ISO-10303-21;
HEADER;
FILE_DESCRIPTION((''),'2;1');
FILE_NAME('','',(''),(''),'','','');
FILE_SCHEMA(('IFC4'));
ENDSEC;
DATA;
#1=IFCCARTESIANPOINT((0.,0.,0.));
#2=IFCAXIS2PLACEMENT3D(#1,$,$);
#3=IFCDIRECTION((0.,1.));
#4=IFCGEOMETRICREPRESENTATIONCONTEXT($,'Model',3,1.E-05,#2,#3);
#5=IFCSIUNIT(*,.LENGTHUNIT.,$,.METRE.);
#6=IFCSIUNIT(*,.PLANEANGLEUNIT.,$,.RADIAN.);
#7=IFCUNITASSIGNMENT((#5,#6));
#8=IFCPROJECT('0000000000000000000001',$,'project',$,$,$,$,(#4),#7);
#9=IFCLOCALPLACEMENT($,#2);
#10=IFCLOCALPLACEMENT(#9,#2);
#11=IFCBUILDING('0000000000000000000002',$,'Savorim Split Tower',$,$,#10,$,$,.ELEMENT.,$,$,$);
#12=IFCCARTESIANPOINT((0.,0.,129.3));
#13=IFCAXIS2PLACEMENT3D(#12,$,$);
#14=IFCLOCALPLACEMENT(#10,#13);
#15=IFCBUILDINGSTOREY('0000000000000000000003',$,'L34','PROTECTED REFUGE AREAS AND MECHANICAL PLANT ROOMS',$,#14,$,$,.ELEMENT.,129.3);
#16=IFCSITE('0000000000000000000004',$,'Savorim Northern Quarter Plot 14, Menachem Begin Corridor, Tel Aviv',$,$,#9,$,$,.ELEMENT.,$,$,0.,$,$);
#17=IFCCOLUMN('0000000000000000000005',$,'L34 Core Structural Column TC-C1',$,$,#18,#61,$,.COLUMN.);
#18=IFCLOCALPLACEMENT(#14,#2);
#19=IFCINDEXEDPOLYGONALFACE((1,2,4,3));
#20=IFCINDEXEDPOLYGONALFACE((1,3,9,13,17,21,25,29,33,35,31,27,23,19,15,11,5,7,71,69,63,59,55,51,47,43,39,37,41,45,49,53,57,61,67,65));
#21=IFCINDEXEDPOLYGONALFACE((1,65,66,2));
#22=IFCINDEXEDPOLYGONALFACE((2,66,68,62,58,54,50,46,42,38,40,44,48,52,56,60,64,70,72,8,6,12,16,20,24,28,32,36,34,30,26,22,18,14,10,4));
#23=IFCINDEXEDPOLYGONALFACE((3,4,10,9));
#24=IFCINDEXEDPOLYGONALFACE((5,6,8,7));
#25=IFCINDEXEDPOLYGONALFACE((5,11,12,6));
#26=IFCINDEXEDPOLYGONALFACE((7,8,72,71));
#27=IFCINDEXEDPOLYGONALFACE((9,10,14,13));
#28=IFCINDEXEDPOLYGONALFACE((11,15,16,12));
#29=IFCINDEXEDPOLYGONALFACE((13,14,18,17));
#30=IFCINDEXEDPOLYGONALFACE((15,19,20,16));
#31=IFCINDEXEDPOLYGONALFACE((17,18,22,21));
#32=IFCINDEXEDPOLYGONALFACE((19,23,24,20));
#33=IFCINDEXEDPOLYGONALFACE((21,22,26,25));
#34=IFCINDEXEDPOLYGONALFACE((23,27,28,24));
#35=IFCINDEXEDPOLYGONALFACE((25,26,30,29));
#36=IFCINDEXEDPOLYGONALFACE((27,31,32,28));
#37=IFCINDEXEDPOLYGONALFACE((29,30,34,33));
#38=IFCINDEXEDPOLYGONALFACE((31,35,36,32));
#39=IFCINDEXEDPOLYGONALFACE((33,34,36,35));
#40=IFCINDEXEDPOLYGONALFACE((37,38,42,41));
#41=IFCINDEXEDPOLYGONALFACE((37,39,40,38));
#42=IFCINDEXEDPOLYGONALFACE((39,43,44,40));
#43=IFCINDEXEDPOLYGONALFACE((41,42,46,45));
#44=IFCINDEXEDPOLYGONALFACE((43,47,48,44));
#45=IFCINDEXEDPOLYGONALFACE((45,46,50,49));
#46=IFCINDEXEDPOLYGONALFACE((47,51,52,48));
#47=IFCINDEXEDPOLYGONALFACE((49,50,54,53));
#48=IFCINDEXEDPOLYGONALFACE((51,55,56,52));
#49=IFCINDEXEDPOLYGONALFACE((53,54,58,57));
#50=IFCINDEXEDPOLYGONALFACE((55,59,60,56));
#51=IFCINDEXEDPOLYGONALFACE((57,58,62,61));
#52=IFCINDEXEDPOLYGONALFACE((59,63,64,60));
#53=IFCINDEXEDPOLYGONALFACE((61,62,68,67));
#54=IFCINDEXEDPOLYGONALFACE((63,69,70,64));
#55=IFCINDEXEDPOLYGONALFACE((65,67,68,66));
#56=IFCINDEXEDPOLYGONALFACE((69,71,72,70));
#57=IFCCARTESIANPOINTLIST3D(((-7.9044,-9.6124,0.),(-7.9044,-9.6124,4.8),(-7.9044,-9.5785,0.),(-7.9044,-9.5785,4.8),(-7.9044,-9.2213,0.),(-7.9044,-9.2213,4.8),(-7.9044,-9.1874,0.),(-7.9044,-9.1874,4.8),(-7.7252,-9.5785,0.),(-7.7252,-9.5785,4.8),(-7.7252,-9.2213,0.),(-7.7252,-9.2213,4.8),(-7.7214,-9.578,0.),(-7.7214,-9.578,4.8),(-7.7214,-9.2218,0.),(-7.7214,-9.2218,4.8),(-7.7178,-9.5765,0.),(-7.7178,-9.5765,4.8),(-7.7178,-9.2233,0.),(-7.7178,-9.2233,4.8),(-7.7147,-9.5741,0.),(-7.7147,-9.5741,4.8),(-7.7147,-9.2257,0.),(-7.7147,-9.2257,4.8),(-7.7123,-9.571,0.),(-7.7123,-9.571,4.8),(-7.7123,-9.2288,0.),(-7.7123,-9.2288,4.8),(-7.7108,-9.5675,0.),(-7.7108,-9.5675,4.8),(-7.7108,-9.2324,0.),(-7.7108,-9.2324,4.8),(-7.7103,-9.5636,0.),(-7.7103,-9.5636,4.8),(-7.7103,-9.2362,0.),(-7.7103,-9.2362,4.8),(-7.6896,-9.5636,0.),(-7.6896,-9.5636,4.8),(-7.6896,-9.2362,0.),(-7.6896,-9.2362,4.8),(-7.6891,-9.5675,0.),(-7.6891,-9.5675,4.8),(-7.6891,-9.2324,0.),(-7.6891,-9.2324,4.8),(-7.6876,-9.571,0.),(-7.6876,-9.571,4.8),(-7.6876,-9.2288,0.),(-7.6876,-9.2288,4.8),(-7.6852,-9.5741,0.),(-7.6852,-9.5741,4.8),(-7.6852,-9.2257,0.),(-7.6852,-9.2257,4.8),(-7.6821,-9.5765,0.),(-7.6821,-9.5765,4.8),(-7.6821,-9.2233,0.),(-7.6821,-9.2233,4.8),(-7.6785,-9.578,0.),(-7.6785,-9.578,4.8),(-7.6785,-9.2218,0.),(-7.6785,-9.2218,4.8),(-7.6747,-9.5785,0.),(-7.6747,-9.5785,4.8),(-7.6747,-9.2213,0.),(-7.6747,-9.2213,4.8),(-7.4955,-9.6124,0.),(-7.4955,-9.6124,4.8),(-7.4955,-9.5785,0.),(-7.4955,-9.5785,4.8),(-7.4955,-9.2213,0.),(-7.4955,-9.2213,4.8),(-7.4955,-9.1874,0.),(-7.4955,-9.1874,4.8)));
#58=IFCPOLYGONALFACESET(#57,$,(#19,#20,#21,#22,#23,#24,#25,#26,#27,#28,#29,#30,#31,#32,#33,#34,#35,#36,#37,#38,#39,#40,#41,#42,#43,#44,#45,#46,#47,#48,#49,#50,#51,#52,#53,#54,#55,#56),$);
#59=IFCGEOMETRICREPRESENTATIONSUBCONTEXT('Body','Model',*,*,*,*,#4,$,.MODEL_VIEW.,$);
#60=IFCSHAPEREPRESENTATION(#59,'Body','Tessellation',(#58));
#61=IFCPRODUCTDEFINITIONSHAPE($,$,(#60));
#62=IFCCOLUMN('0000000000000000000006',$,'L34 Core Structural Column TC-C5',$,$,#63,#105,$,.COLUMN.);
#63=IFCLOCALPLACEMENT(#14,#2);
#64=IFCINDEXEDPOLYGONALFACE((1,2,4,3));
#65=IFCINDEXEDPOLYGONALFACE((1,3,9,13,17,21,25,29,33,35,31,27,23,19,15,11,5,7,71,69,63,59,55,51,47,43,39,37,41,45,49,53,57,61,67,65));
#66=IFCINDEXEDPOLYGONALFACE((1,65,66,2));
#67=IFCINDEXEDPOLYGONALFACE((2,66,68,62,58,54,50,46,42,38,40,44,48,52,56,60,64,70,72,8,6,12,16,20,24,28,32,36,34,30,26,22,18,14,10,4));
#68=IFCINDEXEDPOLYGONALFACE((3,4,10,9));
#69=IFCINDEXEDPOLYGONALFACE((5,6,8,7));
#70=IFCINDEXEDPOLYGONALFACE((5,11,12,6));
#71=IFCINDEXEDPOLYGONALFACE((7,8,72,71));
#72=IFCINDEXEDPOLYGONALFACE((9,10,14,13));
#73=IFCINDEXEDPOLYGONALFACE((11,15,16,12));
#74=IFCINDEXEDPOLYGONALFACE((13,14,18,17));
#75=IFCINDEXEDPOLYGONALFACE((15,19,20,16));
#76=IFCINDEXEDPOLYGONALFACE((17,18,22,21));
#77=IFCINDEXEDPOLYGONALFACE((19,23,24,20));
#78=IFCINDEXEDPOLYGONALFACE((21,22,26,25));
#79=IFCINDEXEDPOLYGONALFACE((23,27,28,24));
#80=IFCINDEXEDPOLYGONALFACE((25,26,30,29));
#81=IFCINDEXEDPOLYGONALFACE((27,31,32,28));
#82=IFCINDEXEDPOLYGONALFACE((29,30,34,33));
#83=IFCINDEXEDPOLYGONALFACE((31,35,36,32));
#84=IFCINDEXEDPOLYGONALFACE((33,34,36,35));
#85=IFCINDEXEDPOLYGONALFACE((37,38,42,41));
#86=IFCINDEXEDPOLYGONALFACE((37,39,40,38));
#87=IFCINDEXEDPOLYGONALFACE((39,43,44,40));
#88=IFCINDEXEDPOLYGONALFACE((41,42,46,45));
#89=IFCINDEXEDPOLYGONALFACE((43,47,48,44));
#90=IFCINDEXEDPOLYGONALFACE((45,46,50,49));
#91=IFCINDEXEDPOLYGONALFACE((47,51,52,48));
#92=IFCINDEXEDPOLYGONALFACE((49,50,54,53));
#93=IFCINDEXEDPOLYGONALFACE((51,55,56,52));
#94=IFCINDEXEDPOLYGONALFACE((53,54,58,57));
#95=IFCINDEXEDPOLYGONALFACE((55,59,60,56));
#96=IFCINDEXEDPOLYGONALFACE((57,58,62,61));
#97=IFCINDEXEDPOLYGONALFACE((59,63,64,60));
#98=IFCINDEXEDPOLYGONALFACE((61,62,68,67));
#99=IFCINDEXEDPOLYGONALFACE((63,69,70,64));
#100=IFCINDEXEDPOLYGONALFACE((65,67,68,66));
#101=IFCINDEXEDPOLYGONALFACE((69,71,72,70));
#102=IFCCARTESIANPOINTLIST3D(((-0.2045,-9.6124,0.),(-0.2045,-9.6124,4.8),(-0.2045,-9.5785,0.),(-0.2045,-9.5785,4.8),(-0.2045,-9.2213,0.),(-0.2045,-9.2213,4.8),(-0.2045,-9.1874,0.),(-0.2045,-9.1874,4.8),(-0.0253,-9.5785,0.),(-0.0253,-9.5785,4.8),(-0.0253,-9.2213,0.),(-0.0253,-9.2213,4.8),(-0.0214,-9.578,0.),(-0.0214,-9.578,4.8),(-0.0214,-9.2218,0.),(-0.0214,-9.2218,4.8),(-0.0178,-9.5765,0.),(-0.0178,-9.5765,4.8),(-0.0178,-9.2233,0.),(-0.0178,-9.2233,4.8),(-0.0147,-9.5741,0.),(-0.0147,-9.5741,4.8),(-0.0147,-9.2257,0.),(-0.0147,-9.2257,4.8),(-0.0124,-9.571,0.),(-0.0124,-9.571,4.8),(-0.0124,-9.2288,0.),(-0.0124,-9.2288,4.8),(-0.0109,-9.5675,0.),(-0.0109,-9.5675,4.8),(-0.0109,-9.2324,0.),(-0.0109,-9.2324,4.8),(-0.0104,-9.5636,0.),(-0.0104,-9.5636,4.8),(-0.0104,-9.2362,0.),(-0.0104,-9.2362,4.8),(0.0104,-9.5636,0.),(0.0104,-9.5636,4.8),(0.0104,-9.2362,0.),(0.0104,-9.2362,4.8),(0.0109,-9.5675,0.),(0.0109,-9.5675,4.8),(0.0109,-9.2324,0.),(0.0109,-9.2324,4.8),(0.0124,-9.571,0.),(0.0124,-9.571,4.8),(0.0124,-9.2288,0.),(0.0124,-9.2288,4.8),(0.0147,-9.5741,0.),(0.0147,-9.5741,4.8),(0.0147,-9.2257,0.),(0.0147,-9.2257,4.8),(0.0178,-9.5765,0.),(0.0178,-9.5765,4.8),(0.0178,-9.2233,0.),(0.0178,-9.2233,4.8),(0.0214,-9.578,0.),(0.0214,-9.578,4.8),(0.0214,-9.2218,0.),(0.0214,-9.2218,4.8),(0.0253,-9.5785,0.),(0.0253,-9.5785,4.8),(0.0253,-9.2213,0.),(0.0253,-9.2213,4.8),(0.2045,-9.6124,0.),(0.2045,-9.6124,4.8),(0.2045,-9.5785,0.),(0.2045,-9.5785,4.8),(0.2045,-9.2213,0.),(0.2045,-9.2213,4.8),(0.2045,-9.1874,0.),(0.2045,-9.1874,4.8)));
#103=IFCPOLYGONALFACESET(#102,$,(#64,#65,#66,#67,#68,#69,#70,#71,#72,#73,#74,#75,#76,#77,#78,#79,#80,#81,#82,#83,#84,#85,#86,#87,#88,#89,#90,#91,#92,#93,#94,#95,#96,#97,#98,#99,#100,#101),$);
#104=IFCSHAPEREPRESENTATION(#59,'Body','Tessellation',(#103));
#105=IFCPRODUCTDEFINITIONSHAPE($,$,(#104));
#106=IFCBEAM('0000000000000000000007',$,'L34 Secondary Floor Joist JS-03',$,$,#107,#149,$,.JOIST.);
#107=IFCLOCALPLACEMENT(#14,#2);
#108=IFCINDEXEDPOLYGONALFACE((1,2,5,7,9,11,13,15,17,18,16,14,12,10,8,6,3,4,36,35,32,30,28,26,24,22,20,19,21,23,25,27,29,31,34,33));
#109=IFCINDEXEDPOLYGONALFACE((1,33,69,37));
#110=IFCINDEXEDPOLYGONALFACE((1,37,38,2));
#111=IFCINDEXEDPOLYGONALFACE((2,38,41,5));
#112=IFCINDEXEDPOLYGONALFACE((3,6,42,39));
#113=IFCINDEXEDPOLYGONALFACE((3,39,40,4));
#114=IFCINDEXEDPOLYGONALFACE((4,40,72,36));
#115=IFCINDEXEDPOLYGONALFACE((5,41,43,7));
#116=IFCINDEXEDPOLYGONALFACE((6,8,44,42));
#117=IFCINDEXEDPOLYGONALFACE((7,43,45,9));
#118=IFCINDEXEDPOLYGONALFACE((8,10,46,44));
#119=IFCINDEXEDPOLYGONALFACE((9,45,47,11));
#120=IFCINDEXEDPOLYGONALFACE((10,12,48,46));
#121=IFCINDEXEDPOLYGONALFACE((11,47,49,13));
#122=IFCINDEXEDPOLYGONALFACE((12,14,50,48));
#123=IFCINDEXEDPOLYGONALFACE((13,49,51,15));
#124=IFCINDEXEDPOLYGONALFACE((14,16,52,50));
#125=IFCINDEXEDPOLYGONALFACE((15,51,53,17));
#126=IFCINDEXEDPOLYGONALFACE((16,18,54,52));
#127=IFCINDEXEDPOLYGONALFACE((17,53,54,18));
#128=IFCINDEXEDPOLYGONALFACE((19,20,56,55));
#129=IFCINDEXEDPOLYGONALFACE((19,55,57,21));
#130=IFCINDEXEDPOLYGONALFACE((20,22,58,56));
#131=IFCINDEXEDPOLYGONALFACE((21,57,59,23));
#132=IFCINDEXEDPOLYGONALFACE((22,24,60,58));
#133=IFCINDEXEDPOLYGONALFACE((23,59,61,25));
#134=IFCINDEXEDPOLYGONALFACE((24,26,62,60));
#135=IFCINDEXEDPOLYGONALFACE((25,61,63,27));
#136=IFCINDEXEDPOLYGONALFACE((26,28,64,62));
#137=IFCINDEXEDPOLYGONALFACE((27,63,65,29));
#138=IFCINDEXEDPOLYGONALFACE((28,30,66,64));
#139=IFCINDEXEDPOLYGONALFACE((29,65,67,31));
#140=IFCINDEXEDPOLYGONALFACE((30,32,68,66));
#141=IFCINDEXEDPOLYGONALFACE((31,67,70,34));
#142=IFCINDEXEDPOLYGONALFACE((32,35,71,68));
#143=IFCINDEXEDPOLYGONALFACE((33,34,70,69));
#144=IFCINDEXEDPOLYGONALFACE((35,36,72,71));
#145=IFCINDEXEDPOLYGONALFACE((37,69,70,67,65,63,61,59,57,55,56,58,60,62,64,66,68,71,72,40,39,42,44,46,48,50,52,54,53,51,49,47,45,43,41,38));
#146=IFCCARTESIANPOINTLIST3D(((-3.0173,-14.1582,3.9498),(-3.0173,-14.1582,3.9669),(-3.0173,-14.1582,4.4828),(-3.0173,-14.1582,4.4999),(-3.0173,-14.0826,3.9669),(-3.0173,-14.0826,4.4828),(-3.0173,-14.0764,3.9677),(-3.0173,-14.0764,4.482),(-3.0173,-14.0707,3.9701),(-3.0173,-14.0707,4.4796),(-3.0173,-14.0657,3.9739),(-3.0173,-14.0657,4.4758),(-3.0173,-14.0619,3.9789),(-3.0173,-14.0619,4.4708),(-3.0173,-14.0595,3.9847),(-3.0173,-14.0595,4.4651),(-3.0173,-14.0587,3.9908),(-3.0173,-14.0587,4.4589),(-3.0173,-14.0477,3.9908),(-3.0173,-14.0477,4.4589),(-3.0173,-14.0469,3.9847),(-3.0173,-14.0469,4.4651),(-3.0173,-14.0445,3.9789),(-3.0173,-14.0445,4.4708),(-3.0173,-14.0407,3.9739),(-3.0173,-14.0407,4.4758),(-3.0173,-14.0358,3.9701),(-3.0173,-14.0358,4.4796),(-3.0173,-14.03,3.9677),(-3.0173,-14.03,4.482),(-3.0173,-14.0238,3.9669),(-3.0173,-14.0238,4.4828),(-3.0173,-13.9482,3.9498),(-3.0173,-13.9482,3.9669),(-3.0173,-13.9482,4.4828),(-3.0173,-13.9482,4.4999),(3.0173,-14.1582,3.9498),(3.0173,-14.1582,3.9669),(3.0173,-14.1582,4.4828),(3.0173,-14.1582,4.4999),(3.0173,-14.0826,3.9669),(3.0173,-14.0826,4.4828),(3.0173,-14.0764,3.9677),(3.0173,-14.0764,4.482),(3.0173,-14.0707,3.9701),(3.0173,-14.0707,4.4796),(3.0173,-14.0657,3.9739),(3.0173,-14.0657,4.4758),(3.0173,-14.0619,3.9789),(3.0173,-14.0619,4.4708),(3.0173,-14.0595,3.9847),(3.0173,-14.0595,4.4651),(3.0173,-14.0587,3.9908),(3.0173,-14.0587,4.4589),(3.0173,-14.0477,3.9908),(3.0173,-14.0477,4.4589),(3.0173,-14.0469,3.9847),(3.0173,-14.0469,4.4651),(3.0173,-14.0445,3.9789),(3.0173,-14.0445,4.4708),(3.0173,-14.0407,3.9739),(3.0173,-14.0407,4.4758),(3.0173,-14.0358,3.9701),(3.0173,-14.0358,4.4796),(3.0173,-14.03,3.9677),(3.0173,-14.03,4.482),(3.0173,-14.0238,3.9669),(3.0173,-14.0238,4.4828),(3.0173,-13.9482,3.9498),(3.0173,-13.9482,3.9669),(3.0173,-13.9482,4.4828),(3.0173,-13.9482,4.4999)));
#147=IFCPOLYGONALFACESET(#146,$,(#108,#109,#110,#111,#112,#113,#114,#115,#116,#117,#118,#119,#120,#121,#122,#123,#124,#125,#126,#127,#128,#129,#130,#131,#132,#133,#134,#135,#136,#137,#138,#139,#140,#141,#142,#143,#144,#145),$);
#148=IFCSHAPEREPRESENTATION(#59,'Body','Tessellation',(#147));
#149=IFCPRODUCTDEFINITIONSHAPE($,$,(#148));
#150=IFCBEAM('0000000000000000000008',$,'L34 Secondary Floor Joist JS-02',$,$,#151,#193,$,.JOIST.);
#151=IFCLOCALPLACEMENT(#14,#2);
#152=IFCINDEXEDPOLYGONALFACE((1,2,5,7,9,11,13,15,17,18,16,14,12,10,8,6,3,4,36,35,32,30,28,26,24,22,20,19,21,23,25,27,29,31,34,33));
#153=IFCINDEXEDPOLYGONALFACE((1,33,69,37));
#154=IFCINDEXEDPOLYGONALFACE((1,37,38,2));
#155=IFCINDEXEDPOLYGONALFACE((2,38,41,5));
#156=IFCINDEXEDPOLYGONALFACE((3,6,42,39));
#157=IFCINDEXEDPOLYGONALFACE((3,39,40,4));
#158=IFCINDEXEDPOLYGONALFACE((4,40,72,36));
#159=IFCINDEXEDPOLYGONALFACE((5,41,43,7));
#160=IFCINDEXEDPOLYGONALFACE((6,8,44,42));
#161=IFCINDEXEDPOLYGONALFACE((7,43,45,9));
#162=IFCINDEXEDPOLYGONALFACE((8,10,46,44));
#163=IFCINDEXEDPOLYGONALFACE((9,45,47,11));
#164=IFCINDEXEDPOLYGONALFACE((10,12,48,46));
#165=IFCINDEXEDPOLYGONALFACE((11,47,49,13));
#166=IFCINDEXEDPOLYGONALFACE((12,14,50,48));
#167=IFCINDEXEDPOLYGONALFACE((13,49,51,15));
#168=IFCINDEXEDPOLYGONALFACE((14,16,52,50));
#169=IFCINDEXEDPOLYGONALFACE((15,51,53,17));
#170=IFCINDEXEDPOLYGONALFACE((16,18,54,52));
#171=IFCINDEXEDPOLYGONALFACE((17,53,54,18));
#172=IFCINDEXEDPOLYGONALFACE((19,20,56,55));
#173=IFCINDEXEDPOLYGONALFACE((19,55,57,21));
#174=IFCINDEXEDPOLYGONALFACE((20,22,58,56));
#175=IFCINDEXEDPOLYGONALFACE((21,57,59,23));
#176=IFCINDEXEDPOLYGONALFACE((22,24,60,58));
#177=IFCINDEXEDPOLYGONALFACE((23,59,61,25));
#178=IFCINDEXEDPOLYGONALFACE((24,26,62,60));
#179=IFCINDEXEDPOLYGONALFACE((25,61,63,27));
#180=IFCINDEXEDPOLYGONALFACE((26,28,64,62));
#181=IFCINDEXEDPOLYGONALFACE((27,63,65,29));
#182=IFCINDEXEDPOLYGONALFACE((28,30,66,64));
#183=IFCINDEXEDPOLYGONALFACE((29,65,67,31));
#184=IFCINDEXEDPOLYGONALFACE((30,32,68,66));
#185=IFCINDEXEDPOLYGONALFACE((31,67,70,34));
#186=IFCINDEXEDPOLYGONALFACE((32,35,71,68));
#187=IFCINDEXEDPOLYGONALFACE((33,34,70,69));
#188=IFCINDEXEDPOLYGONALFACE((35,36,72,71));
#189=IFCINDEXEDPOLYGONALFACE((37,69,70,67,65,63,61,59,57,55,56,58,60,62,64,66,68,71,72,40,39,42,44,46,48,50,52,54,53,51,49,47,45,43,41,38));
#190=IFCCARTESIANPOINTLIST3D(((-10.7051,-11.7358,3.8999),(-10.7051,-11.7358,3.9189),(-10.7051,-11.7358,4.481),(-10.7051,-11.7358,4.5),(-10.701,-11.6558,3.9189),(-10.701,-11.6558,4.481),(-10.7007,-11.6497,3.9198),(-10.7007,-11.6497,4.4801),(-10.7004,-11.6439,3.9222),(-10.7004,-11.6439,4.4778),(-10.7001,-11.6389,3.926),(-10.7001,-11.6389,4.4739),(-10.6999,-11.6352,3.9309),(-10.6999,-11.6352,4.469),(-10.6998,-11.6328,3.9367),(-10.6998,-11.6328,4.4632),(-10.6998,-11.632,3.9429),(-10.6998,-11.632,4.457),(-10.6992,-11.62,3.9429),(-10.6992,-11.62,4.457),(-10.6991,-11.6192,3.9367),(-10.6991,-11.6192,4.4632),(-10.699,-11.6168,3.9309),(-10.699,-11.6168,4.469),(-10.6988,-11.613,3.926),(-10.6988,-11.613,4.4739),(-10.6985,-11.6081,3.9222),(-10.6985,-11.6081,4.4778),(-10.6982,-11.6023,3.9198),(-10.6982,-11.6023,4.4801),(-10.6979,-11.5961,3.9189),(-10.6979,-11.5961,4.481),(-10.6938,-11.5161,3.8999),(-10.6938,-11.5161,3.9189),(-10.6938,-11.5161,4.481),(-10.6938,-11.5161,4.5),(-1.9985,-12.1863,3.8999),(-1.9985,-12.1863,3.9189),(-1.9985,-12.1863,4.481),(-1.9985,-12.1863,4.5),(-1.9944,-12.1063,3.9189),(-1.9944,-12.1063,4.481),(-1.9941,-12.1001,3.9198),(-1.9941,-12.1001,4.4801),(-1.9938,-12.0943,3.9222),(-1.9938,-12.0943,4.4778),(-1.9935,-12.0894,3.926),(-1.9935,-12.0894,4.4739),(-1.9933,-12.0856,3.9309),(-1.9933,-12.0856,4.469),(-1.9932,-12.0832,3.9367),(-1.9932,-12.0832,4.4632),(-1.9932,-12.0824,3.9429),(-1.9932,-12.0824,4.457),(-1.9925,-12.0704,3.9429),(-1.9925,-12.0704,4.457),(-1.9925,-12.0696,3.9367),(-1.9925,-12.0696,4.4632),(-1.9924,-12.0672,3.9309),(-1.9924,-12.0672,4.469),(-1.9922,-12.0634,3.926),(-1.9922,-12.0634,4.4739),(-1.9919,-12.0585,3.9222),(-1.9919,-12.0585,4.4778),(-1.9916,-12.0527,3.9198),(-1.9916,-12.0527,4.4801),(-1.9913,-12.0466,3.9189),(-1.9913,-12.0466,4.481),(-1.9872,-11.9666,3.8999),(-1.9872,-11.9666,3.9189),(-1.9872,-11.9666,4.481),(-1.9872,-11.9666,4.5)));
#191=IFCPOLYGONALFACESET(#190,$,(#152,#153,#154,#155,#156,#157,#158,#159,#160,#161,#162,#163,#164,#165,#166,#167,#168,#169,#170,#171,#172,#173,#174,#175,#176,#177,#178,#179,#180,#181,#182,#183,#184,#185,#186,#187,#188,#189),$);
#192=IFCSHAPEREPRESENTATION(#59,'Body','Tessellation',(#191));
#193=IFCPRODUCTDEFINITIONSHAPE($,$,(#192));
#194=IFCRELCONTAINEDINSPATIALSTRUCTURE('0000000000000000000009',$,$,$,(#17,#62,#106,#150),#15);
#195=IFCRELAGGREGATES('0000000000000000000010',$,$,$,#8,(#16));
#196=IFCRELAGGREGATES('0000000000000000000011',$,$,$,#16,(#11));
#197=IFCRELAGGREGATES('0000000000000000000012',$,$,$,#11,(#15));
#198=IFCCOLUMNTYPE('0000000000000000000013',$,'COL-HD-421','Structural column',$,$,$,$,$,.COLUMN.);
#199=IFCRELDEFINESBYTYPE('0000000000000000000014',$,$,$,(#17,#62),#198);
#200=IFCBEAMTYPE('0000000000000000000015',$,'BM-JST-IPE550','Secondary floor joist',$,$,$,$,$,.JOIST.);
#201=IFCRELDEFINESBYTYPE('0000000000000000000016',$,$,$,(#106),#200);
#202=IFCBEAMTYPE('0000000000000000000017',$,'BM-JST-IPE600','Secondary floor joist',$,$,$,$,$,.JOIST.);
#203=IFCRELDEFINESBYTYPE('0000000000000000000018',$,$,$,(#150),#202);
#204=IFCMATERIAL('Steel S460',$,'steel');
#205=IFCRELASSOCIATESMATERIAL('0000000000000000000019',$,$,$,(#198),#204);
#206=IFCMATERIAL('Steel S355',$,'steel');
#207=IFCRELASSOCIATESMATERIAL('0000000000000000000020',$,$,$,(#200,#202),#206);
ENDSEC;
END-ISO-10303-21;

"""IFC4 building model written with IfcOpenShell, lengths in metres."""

from ifc_helpers import new_model, si_unit, direction, frame, origin, origin_2d, place, context, subcontext, project, spatial, i_section, extrude, material, material_profile, profile_set, type_object, element, save


model = new_model("IFC4")

# Units and contexts
model_context = context("Model", 3, precision=1e-05, world=origin(), true_north=direction((0.0, 1.0)))
body_context = subcontext(model_context, "Body", "Model", "MODEL_VIEW")
ifc_project = project(units=[si_unit("LENGTHUNIT", "METRE"), si_unit("PLANEANGLEUNIT", "RADIAN")], contexts=[model_context])

# Site, building, storey
site_placement = place(None, origin())
site = spatial("IfcSite", under=ifc_project, at=site_placement, Name="Savorim Northern Quarter Plot 14, Menachem Begin Corridor, Tel Aviv", CompositionType="ELEMENT", RefElevation=0.0)
building_placement = place(site_placement, origin())
building = spatial("IfcBuilding", under=site, at=building_placement, Name="Savorim Split Tower", CompositionType="ELEMENT")
storey_placement = place(building_placement, frame((0.0, 0.0, 129.3)))
storey = spatial("IfcBuildingStorey", under=building, at=storey_placement, Name="L34", Description="PROTECTED REFUGE AREAS AND MECHANICAL PLANT ROOMS", CompositionType="ELEMENT", Elevation=129.3)

# Columns
ifc_material_1 = material(Name="Steel S460", Category="steel")
ifc_material_profile_1 = material_profile(ifc_material_1, i_section(OverallWidth=0.4089, OverallDepth=0.425, WebThickness=0.0208, FlangeThickness=0.0339, FilletRadius=0.0149, at=origin_2d()), Name="HD 400x421")
ifc_profile_set_1 = profile_set([ifc_material_profile_1], Name="Steel S460")
column_type = type_object("IfcColumnType", Name="COL-HD-421", Description="Structural column", PredefinedType="COLUMN", material=ifc_profile_set_1)
for number, where, z_axis, x_axis, name in (
    (1, (-7.7, -9.3999, 0.0), (0.0, 0.0, 1.0), (1.0, 0.0, 0.0), "L34 Core Structural Column TC-C1"),
    (2, (0.0, -9.3999, 0.0), (0.0, 0.0, 1.0), (1.0, 0.0, 0.0), "L34 Core Structural Column TC-C5"),
):
    element("IfcColumn", number, at=place(storey_placement, frame(where, z_axis=z_axis, x_axis=x_axis)), inside=storey, type_object=column_type, Name=name, PredefinedType="COLUMN", context=body_context, shape_type="SweptSolid", body=[
        extrude(i_section(OverallWidth=0.4089, OverallDepth=0.425, WebThickness=0.0208, FlangeThickness=0.0339, FilletRadius=0.0149, at=origin_2d()), origin(), (0.0, 0.0, 1.0), 4.8),
    ])

# Beams
ifc_material_2 = material(Name="Steel S355", Category="steel")
ifc_material_profile_2 = material_profile(ifc_material_2, i_section(OverallWidth=0.21, OverallDepth=0.55, WebThickness=0.011, FlangeThickness=0.0171, FilletRadius=0.0239, at=origin_2d()), Name="IPE 550")
ifc_profile_set_2 = profile_set([ifc_material_profile_2], Name="Steel S355")
beam_type_1 = type_object("IfcBeamType", Name="BM-JST-IPE550", Description="Secondary floor joist", PredefinedType="JOIST", material=ifc_profile_set_2)
beam_1_placement = place(storey_placement, frame((-3.0173, -14.0532, 4.2249), z_axis=(1.0, 0.0, 0.0), x_axis=(0.0, 1.0, 0.0)))
element("IfcBeam", 3, at=beam_1_placement, inside=storey, type_object=beam_type_1, Name="L34 Secondary Floor Joist JS-03", PredefinedType="JOIST", context=body_context, shape_type="SweptSolid", body=[
    extrude(i_section(OverallWidth=0.21, OverallDepth=0.55, WebThickness=0.011, FlangeThickness=0.0171, FilletRadius=0.0239, at=origin_2d()), origin(), (0.0, 0.0, 1.0), 6.0347),
])
ifc_material_profile_3 = material_profile(ifc_material_2, i_section(OverallWidth=0.22, OverallDepth=0.6001, WebThickness=0.012, FlangeThickness=0.019, FilletRadius=0.0239, at=origin_2d()), Name="IPE 600")
ifc_profile_set_3 = profile_set([ifc_material_profile_3], Name="Steel S355")
beam_type_2 = type_object("IfcBeamType", Name="BM-JST-IPE600", Description="Secondary floor joist", PredefinedType="JOIST", material=ifc_profile_set_3)
beam_2_placement = place(storey_placement, frame((-10.6995, -11.626, 4.2), z_axis=(0.998664, -0.051667, 0.0), x_axis=(0.051667, 0.998664, 0.0)))
element("IfcBeam", 4, at=beam_2_placement, inside=storey, type_object=beam_type_2, Name="L34 Secondary Floor Joist JS-02", PredefinedType="JOIST", context=body_context, shape_type="SweptSolid", body=[
    extrude(i_section(OverallWidth=0.22, OverallDepth=0.6001, WebThickness=0.012, FlangeThickness=0.019, FilletRadius=0.0239, at=origin_2d()), origin(), (0.0, 0.0, 1.0), 8.7183),
])

save(model, "model.ifc")
